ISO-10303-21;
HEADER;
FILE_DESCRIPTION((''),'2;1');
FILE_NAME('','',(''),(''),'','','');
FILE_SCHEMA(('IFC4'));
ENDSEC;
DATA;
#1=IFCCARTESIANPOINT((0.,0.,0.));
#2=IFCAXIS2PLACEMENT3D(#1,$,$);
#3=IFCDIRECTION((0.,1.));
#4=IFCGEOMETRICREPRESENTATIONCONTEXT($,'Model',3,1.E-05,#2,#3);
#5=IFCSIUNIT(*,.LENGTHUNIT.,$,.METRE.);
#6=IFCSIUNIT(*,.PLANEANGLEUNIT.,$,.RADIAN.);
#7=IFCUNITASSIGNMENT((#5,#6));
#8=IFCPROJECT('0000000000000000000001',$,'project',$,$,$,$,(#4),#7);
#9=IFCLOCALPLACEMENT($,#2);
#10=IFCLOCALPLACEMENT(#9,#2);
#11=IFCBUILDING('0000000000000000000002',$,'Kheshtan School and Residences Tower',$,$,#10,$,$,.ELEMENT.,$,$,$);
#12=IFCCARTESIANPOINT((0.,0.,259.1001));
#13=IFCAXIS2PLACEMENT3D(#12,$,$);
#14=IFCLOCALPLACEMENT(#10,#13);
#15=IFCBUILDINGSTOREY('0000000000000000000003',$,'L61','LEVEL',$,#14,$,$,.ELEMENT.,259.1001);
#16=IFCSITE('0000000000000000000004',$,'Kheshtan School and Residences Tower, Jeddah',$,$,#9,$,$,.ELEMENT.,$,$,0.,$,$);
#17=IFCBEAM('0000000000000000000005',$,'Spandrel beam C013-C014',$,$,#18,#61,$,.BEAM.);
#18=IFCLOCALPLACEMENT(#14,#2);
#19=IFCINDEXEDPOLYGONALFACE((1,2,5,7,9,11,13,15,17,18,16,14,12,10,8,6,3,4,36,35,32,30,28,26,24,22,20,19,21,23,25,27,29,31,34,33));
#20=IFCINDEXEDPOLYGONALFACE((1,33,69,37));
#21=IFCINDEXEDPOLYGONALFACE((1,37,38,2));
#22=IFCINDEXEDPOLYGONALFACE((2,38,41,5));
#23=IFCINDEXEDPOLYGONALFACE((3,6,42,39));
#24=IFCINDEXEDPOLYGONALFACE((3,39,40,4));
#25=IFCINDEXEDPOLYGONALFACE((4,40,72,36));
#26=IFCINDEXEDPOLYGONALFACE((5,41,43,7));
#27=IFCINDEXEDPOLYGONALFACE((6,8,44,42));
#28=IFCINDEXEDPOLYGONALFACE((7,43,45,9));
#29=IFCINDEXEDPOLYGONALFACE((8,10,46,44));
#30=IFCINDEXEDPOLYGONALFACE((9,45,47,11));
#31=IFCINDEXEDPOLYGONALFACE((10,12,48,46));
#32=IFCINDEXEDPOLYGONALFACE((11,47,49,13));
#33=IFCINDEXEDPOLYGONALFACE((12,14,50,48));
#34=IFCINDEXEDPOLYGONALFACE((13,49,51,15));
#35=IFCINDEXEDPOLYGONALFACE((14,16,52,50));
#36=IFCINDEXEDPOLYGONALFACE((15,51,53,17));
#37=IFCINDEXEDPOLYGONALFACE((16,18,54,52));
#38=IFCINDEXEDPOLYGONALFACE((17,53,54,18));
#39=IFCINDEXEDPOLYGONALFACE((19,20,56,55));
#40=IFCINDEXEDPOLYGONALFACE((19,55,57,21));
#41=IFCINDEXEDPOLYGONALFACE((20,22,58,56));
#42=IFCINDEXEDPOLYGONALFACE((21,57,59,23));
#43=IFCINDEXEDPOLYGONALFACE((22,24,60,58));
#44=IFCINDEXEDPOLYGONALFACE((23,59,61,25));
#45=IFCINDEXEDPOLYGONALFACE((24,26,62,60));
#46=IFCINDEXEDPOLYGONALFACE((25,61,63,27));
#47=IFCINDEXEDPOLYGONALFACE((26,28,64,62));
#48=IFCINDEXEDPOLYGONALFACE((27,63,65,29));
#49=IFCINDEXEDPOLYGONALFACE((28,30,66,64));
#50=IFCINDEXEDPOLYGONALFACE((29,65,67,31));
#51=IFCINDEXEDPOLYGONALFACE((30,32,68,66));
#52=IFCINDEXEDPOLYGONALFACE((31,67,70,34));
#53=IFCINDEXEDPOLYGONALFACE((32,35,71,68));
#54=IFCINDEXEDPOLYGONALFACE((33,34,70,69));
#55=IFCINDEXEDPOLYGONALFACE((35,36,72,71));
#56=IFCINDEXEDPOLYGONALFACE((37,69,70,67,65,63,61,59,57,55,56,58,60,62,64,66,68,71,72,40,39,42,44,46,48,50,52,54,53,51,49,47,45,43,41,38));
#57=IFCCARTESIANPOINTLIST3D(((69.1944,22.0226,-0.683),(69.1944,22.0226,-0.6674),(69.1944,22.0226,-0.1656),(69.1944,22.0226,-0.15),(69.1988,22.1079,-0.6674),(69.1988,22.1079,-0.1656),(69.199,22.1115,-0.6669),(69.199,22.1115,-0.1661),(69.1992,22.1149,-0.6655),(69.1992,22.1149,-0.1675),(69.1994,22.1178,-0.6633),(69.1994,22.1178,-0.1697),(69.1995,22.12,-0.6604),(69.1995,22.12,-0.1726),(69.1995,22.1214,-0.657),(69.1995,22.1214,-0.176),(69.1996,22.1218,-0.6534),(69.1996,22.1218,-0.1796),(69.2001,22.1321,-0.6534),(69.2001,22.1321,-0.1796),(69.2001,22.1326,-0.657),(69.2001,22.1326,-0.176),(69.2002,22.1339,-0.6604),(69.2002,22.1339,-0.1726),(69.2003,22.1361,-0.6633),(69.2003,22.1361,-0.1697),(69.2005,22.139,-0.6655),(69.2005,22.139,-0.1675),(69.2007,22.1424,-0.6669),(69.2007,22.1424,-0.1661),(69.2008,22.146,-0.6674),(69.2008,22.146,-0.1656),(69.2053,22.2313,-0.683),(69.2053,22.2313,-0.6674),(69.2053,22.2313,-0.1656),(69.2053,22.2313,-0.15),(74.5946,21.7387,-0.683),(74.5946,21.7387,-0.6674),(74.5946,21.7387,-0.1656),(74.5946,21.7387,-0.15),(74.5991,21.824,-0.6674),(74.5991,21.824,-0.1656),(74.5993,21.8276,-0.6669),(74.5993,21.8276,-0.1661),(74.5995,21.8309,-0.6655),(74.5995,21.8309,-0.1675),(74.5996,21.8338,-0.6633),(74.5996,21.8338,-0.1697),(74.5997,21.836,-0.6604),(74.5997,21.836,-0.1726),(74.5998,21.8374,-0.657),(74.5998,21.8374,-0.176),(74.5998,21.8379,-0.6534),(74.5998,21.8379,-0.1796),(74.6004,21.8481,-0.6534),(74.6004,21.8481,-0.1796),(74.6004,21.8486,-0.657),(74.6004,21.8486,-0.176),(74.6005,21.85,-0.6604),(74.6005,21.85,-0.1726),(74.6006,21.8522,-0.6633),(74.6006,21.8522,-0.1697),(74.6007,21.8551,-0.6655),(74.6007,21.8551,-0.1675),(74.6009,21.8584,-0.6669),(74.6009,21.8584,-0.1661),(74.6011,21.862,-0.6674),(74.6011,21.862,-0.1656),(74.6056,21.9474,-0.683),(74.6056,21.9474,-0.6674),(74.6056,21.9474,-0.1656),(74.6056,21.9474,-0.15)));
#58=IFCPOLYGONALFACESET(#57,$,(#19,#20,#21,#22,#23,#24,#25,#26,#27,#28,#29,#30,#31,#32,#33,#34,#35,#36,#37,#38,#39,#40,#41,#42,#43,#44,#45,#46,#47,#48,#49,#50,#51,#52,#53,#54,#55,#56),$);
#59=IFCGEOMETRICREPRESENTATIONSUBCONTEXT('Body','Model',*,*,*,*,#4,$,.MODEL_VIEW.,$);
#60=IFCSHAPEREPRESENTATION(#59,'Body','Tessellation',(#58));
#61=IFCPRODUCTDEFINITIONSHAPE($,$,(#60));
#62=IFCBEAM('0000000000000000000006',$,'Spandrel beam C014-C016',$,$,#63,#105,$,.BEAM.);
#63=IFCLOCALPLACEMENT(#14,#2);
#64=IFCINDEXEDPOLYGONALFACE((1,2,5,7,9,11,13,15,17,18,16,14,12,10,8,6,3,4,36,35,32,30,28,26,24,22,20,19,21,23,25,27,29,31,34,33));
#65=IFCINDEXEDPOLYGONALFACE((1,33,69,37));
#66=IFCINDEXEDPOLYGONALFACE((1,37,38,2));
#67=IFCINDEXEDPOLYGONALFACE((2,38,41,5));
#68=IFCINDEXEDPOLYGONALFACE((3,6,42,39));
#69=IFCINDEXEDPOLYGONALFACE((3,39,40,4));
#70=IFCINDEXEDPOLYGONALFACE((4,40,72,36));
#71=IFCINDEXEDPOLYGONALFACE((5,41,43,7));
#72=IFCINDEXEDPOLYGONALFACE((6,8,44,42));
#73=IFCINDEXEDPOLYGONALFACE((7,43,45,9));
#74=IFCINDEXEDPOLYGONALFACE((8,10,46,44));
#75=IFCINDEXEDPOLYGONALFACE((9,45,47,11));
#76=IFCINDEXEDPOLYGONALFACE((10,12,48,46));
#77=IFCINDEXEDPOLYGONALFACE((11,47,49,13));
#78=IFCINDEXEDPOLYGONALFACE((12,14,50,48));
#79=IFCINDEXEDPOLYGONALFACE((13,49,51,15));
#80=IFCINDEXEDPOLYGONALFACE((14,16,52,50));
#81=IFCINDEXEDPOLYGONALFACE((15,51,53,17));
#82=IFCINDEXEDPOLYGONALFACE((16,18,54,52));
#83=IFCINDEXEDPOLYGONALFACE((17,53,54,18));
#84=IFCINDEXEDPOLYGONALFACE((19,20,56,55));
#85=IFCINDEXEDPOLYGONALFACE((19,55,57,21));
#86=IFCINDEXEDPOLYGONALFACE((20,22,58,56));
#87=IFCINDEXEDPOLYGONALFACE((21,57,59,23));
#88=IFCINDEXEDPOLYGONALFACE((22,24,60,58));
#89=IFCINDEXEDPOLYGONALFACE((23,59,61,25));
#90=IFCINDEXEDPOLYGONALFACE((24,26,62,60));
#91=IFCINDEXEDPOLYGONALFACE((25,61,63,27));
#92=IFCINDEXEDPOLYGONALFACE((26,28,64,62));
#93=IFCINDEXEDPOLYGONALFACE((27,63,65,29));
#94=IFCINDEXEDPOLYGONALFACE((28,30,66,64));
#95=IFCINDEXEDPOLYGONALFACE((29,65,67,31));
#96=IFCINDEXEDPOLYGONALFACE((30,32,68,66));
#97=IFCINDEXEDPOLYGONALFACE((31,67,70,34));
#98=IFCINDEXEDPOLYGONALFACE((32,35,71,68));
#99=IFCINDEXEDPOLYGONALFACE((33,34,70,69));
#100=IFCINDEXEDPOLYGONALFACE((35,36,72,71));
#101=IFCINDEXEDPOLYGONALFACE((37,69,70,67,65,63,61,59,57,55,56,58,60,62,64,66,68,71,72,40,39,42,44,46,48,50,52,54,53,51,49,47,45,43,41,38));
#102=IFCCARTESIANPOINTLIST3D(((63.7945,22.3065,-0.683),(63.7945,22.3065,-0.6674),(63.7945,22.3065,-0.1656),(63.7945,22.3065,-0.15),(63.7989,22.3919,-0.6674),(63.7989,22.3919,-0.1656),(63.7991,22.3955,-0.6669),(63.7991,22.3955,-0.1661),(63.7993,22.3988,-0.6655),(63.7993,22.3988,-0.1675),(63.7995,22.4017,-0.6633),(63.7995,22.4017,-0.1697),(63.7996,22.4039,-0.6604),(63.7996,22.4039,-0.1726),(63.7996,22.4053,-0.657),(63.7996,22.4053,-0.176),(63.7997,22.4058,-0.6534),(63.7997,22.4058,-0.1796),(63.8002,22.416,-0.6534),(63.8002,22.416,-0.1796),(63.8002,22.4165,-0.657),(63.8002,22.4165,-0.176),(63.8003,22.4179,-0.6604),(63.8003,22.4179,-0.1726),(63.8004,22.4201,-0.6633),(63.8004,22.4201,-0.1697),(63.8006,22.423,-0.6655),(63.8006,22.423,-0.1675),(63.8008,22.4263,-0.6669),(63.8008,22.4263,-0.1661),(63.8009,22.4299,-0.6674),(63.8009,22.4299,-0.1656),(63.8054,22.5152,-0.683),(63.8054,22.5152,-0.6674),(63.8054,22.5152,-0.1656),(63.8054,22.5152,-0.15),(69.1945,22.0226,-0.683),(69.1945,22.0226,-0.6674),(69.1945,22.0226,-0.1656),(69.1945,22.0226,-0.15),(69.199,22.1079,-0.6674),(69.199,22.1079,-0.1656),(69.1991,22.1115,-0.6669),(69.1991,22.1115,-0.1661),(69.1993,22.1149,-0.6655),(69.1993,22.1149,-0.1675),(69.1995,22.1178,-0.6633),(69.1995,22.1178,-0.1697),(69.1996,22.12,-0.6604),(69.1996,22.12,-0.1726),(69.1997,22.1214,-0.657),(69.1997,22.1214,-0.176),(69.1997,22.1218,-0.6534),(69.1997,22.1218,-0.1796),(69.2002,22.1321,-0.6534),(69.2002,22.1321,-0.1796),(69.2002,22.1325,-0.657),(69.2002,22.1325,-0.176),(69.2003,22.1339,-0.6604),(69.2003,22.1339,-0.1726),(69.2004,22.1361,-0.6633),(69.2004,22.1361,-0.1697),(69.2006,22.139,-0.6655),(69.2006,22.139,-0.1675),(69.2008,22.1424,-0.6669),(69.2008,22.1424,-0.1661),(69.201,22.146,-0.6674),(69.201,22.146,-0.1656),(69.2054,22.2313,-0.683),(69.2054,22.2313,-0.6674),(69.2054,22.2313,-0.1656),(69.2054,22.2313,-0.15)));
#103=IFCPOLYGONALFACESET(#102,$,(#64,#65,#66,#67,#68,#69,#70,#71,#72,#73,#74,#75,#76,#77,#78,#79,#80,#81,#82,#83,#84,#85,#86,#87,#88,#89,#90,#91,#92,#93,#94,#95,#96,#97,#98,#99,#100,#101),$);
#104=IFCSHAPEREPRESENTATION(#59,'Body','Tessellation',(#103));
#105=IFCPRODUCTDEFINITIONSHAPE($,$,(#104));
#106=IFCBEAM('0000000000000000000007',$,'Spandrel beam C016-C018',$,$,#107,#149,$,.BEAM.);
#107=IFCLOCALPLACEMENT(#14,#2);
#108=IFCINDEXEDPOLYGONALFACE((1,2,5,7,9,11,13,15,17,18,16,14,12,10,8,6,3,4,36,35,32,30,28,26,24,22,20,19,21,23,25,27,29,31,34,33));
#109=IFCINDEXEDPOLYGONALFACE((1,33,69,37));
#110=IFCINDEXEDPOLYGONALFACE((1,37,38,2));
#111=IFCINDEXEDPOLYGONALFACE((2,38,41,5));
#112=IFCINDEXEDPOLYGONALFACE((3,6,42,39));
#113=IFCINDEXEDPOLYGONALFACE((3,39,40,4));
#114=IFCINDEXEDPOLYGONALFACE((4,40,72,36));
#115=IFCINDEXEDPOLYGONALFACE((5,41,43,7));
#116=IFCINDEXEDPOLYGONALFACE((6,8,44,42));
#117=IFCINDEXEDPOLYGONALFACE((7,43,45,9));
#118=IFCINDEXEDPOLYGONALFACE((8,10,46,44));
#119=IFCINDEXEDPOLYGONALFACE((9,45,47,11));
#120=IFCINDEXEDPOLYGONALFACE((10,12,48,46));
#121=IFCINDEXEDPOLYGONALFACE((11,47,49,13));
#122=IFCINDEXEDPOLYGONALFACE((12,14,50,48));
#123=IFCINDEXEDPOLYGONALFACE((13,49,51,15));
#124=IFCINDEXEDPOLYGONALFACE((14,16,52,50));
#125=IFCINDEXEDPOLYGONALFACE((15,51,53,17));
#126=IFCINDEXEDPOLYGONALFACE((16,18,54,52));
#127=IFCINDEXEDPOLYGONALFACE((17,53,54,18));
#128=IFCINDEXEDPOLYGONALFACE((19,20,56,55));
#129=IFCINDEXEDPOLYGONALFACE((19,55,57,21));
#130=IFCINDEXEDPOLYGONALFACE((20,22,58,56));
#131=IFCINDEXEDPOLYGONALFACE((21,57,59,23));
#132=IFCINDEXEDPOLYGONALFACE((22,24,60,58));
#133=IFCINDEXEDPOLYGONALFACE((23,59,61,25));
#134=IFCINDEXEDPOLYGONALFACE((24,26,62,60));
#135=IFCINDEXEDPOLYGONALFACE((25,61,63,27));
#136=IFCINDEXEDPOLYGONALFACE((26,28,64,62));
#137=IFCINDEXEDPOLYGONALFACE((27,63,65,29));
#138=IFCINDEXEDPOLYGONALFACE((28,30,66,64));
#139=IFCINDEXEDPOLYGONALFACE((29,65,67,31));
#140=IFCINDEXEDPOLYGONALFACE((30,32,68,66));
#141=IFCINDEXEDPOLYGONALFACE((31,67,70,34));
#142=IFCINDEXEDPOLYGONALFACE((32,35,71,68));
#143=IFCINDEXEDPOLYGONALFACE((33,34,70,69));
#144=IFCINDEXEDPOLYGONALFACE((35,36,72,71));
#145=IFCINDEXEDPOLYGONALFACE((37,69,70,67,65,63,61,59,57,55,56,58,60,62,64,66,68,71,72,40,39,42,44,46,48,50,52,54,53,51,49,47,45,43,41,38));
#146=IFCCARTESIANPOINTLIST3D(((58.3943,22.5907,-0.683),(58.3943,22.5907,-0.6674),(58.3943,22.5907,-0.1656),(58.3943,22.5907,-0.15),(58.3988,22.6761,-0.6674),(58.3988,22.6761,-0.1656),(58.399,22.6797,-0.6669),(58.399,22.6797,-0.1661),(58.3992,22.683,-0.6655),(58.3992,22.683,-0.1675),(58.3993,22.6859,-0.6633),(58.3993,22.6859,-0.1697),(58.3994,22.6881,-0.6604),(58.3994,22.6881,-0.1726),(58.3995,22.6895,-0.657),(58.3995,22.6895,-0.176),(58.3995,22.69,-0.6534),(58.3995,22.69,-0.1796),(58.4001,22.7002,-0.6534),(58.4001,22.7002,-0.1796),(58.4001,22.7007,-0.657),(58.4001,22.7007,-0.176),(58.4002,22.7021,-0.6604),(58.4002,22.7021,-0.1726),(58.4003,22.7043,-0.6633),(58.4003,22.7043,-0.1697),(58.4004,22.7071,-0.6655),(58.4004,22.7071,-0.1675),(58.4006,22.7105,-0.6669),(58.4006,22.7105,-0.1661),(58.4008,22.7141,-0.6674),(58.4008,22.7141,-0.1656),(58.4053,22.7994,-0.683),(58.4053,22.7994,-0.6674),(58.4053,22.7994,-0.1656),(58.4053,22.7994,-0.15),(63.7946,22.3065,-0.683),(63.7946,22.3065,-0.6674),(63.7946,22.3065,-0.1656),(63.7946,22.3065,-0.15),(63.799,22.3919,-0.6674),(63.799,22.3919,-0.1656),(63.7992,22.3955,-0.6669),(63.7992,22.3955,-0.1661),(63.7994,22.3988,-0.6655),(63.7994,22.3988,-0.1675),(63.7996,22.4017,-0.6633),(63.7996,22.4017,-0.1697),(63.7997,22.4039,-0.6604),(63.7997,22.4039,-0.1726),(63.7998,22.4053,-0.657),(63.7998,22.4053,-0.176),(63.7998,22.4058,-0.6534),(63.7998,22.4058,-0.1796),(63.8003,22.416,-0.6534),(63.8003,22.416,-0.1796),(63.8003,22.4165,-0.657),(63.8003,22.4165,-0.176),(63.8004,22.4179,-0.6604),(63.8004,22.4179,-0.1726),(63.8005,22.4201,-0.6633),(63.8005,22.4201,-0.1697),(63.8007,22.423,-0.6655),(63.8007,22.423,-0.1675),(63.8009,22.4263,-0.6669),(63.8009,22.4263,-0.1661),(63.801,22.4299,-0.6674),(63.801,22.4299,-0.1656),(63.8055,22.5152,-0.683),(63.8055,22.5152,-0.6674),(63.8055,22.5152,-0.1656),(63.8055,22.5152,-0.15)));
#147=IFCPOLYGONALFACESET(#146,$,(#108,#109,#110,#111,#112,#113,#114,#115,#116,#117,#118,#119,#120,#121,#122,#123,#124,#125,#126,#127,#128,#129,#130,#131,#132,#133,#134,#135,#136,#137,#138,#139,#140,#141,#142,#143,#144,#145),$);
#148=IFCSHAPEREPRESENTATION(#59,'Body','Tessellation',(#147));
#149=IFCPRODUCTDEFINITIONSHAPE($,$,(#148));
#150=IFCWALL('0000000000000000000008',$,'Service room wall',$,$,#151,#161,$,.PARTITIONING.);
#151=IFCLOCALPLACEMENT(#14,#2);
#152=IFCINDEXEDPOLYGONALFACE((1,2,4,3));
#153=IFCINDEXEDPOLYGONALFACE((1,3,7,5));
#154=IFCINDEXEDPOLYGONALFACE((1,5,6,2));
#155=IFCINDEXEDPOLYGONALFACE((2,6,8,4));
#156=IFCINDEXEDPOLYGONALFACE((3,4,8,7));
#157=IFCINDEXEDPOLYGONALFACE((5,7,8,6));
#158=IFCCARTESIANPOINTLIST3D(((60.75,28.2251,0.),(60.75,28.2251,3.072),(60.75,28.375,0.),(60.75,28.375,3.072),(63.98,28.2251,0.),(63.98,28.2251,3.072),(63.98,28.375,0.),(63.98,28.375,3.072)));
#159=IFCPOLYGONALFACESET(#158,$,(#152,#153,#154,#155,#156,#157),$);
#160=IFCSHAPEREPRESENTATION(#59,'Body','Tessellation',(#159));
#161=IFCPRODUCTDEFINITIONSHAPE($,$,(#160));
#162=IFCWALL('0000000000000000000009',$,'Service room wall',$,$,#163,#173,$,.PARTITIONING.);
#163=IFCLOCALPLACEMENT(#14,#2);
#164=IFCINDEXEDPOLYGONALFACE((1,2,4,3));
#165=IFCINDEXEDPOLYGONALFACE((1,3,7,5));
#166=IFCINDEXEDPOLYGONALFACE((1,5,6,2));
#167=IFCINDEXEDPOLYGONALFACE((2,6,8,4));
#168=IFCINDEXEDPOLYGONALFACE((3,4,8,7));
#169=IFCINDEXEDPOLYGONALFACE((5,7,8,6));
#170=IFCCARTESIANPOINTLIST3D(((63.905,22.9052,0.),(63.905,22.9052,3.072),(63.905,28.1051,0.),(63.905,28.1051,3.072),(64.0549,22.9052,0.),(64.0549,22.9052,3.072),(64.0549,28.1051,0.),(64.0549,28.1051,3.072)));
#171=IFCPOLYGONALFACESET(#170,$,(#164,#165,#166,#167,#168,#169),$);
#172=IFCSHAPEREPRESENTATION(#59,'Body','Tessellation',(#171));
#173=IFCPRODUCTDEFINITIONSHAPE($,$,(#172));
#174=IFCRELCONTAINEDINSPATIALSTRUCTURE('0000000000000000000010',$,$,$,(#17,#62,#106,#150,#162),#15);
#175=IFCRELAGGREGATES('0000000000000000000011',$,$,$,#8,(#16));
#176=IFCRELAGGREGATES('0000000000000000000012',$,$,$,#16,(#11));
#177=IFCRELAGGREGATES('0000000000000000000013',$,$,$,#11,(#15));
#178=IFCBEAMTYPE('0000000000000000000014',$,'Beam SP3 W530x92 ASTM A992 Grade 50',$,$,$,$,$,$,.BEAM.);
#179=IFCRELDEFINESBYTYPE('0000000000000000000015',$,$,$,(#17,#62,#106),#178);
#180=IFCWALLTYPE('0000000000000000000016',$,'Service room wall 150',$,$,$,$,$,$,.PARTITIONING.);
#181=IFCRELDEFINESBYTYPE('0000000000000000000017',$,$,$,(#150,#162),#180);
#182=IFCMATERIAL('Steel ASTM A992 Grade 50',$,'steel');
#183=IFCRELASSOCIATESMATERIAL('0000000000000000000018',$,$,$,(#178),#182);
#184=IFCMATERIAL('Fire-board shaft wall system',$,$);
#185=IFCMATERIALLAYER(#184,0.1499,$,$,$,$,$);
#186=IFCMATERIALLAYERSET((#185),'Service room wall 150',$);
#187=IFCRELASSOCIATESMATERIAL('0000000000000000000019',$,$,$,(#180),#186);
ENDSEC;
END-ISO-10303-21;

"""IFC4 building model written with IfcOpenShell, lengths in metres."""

from ifc_helpers import new_model, si_unit, direction, frame, frame_2d, origin, origin_2d, place, context, subcontext, project, spatial, rectangle, i_section, extrude, material, layer, layer_set, material_profile, profile_set, type_object, element, save


model = new_model("IFC4")

# Units and contexts
model_context = context("Model", 3, precision=1e-05, world=origin(), true_north=direction((0.0, 1.0)))
body_context = subcontext(model_context, "Body", "Model", "MODEL_VIEW")
ifc_project = project(units=[si_unit("LENGTHUNIT", "METRE"), si_unit("PLANEANGLEUNIT", "RADIAN")], contexts=[model_context])

# Site, building, storey
site_placement = place(None, origin())
site = spatial("IfcSite", under=ifc_project, at=site_placement, Name="Kheshtan School and Residences Tower, Jeddah", CompositionType="ELEMENT", RefElevation=0.0)
building_placement = place(site_placement, origin())
building = spatial("IfcBuilding", under=site, at=building_placement, Name="Kheshtan School and Residences Tower", CompositionType="ELEMENT")
storey_placement = place(building_placement, frame((0.0, 0.0, 259.1001)))
storey = spatial("IfcBuildingStorey", under=building, at=storey_placement, Name="L61", Description="LEVEL", CompositionType="ELEMENT", Elevation=259.1001)

# Shared definitions
ifc_material_1 = material(Name="Steel ASTM A992 Grade 50", Category="steel")

# Beams
ifc_material_profile_1 = material_profile(ifc_material_1, i_section(OverallWidth=0.209, OverallDepth=0.533, WebThickness=0.0103, FlangeThickness=0.0156, FilletRadius=0.0139, at=origin_2d()), Name="W530x92")
ifc_profile_set_1 = profile_set([ifc_material_profile_1], Name="Steel ASTM A992 Grade 50")
beam_type_1 = type_object("IfcBeamType", Name="Beam SP3 W530x92 ASTM A992 Grade 50", PredefinedType="BEAM", material=ifc_profile_set_1)
beam_1_placement = place(storey_placement, frame((74.6001, 21.843, -0.4165), z_axis=(-0.998621, 0.052507, 0.0), x_axis=(-0.052507, -0.998621, 0.0)))
element("IfcBeam", 1, at=beam_1_placement, inside=storey, type_object=beam_type_1, Name="Spandrel beam C013-C014", PredefinedType="BEAM", context=body_context, shape_type="SweptSolid", body=[
    extrude(i_section(OverallWidth=0.209, OverallDepth=0.533, WebThickness=0.0103, FlangeThickness=0.0156, FilletRadius=0.0139, at=origin_2d()), origin(), (0.0, 0.0, 1.0), 5.4077),
])
beam_2_placement = place(storey_placement, frame((69.2, 22.127, -0.4165), z_axis=(-0.99862, 0.052509, 0.0), x_axis=(-0.052509, -0.99862, 0.0)))
element("IfcBeam", 2, at=beam_2_placement, inside=storey, type_object=beam_type_1, Name="Spandrel beam C014-C016", PredefinedType="BEAM", context=body_context, shape_type="SweptSolid", body=[
    extrude(i_section(OverallWidth=0.209, OverallDepth=0.533, WebThickness=0.0103, FlangeThickness=0.0156, FilletRadius=0.0139, at=origin_2d()), origin(), (0.0, 0.0, 1.0), 5.4075),
])
beam_3_placement = place(storey_placement, frame((63.8, 22.4109, -0.4165), z_axis=(-0.998618, 0.052552, 0.0), x_axis=(-0.052552, -0.998618, 0.0)))
element("IfcBeam", 3, at=beam_3_placement, inside=storey, type_object=beam_type_1, Name="Spandrel beam C016-C018", PredefinedType="BEAM", context=body_context, shape_type="SweptSolid", body=[
    extrude(i_section(OverallWidth=0.209, OverallDepth=0.533, WebThickness=0.0103, FlangeThickness=0.0156, FilletRadius=0.0139, at=origin_2d()), origin(), (0.0, 0.0, 1.0), 5.4077),
])

# Walls
ifc_material_2 = material(Name="Fire-board shaft wall system")
ifc_layer_1 = layer(ifc_material_2, 0.1499)
ifc_layer_set_1 = layer_set([ifc_layer_1], Name="Service room wall 150")
wall_type_1 = type_object("IfcWallType", Name="Service room wall 150", PredefinedType="PARTITIONING", material=ifc_layer_set_1)
wall_1_placement = place(storey_placement, frame((60.75, 28.3, 0.0), z_axis=(0.0, 0.0, 1.0), x_axis=(1.0, 0.0, 0.0)))
element("IfcWall", 4, at=wall_1_placement, inside=storey, type_object=wall_type_1, Name="Service room wall", PredefinedType="PARTITIONING", context=body_context, shape_type="SweptSolid", body=[
    extrude(rectangle(XDim=3.23, YDim=0.1499, at=frame_2d((1.615, 0.0))), origin(), (0.0, 0.0, 1.0), 3.072),
])
wall_2_placement = place(storey_placement, frame((63.98, 22.905, 0.0), z_axis=(0.0, 0.0, 1.0), x_axis=(0.0, 1.0, 0.0)))
element("IfcWall", 5, at=wall_2_placement, inside=storey, type_object=wall_type_1, Name="Service room wall", PredefinedType="PARTITIONING", context=body_context, shape_type="SweptSolid", body=[
    extrude(rectangle(XDim=5.2, YDim=0.1499, at=frame_2d((2.6001, 0.0))), origin(), (0.0, 0.0, 1.0), 3.072),
])

save(model, "model.ifc")
